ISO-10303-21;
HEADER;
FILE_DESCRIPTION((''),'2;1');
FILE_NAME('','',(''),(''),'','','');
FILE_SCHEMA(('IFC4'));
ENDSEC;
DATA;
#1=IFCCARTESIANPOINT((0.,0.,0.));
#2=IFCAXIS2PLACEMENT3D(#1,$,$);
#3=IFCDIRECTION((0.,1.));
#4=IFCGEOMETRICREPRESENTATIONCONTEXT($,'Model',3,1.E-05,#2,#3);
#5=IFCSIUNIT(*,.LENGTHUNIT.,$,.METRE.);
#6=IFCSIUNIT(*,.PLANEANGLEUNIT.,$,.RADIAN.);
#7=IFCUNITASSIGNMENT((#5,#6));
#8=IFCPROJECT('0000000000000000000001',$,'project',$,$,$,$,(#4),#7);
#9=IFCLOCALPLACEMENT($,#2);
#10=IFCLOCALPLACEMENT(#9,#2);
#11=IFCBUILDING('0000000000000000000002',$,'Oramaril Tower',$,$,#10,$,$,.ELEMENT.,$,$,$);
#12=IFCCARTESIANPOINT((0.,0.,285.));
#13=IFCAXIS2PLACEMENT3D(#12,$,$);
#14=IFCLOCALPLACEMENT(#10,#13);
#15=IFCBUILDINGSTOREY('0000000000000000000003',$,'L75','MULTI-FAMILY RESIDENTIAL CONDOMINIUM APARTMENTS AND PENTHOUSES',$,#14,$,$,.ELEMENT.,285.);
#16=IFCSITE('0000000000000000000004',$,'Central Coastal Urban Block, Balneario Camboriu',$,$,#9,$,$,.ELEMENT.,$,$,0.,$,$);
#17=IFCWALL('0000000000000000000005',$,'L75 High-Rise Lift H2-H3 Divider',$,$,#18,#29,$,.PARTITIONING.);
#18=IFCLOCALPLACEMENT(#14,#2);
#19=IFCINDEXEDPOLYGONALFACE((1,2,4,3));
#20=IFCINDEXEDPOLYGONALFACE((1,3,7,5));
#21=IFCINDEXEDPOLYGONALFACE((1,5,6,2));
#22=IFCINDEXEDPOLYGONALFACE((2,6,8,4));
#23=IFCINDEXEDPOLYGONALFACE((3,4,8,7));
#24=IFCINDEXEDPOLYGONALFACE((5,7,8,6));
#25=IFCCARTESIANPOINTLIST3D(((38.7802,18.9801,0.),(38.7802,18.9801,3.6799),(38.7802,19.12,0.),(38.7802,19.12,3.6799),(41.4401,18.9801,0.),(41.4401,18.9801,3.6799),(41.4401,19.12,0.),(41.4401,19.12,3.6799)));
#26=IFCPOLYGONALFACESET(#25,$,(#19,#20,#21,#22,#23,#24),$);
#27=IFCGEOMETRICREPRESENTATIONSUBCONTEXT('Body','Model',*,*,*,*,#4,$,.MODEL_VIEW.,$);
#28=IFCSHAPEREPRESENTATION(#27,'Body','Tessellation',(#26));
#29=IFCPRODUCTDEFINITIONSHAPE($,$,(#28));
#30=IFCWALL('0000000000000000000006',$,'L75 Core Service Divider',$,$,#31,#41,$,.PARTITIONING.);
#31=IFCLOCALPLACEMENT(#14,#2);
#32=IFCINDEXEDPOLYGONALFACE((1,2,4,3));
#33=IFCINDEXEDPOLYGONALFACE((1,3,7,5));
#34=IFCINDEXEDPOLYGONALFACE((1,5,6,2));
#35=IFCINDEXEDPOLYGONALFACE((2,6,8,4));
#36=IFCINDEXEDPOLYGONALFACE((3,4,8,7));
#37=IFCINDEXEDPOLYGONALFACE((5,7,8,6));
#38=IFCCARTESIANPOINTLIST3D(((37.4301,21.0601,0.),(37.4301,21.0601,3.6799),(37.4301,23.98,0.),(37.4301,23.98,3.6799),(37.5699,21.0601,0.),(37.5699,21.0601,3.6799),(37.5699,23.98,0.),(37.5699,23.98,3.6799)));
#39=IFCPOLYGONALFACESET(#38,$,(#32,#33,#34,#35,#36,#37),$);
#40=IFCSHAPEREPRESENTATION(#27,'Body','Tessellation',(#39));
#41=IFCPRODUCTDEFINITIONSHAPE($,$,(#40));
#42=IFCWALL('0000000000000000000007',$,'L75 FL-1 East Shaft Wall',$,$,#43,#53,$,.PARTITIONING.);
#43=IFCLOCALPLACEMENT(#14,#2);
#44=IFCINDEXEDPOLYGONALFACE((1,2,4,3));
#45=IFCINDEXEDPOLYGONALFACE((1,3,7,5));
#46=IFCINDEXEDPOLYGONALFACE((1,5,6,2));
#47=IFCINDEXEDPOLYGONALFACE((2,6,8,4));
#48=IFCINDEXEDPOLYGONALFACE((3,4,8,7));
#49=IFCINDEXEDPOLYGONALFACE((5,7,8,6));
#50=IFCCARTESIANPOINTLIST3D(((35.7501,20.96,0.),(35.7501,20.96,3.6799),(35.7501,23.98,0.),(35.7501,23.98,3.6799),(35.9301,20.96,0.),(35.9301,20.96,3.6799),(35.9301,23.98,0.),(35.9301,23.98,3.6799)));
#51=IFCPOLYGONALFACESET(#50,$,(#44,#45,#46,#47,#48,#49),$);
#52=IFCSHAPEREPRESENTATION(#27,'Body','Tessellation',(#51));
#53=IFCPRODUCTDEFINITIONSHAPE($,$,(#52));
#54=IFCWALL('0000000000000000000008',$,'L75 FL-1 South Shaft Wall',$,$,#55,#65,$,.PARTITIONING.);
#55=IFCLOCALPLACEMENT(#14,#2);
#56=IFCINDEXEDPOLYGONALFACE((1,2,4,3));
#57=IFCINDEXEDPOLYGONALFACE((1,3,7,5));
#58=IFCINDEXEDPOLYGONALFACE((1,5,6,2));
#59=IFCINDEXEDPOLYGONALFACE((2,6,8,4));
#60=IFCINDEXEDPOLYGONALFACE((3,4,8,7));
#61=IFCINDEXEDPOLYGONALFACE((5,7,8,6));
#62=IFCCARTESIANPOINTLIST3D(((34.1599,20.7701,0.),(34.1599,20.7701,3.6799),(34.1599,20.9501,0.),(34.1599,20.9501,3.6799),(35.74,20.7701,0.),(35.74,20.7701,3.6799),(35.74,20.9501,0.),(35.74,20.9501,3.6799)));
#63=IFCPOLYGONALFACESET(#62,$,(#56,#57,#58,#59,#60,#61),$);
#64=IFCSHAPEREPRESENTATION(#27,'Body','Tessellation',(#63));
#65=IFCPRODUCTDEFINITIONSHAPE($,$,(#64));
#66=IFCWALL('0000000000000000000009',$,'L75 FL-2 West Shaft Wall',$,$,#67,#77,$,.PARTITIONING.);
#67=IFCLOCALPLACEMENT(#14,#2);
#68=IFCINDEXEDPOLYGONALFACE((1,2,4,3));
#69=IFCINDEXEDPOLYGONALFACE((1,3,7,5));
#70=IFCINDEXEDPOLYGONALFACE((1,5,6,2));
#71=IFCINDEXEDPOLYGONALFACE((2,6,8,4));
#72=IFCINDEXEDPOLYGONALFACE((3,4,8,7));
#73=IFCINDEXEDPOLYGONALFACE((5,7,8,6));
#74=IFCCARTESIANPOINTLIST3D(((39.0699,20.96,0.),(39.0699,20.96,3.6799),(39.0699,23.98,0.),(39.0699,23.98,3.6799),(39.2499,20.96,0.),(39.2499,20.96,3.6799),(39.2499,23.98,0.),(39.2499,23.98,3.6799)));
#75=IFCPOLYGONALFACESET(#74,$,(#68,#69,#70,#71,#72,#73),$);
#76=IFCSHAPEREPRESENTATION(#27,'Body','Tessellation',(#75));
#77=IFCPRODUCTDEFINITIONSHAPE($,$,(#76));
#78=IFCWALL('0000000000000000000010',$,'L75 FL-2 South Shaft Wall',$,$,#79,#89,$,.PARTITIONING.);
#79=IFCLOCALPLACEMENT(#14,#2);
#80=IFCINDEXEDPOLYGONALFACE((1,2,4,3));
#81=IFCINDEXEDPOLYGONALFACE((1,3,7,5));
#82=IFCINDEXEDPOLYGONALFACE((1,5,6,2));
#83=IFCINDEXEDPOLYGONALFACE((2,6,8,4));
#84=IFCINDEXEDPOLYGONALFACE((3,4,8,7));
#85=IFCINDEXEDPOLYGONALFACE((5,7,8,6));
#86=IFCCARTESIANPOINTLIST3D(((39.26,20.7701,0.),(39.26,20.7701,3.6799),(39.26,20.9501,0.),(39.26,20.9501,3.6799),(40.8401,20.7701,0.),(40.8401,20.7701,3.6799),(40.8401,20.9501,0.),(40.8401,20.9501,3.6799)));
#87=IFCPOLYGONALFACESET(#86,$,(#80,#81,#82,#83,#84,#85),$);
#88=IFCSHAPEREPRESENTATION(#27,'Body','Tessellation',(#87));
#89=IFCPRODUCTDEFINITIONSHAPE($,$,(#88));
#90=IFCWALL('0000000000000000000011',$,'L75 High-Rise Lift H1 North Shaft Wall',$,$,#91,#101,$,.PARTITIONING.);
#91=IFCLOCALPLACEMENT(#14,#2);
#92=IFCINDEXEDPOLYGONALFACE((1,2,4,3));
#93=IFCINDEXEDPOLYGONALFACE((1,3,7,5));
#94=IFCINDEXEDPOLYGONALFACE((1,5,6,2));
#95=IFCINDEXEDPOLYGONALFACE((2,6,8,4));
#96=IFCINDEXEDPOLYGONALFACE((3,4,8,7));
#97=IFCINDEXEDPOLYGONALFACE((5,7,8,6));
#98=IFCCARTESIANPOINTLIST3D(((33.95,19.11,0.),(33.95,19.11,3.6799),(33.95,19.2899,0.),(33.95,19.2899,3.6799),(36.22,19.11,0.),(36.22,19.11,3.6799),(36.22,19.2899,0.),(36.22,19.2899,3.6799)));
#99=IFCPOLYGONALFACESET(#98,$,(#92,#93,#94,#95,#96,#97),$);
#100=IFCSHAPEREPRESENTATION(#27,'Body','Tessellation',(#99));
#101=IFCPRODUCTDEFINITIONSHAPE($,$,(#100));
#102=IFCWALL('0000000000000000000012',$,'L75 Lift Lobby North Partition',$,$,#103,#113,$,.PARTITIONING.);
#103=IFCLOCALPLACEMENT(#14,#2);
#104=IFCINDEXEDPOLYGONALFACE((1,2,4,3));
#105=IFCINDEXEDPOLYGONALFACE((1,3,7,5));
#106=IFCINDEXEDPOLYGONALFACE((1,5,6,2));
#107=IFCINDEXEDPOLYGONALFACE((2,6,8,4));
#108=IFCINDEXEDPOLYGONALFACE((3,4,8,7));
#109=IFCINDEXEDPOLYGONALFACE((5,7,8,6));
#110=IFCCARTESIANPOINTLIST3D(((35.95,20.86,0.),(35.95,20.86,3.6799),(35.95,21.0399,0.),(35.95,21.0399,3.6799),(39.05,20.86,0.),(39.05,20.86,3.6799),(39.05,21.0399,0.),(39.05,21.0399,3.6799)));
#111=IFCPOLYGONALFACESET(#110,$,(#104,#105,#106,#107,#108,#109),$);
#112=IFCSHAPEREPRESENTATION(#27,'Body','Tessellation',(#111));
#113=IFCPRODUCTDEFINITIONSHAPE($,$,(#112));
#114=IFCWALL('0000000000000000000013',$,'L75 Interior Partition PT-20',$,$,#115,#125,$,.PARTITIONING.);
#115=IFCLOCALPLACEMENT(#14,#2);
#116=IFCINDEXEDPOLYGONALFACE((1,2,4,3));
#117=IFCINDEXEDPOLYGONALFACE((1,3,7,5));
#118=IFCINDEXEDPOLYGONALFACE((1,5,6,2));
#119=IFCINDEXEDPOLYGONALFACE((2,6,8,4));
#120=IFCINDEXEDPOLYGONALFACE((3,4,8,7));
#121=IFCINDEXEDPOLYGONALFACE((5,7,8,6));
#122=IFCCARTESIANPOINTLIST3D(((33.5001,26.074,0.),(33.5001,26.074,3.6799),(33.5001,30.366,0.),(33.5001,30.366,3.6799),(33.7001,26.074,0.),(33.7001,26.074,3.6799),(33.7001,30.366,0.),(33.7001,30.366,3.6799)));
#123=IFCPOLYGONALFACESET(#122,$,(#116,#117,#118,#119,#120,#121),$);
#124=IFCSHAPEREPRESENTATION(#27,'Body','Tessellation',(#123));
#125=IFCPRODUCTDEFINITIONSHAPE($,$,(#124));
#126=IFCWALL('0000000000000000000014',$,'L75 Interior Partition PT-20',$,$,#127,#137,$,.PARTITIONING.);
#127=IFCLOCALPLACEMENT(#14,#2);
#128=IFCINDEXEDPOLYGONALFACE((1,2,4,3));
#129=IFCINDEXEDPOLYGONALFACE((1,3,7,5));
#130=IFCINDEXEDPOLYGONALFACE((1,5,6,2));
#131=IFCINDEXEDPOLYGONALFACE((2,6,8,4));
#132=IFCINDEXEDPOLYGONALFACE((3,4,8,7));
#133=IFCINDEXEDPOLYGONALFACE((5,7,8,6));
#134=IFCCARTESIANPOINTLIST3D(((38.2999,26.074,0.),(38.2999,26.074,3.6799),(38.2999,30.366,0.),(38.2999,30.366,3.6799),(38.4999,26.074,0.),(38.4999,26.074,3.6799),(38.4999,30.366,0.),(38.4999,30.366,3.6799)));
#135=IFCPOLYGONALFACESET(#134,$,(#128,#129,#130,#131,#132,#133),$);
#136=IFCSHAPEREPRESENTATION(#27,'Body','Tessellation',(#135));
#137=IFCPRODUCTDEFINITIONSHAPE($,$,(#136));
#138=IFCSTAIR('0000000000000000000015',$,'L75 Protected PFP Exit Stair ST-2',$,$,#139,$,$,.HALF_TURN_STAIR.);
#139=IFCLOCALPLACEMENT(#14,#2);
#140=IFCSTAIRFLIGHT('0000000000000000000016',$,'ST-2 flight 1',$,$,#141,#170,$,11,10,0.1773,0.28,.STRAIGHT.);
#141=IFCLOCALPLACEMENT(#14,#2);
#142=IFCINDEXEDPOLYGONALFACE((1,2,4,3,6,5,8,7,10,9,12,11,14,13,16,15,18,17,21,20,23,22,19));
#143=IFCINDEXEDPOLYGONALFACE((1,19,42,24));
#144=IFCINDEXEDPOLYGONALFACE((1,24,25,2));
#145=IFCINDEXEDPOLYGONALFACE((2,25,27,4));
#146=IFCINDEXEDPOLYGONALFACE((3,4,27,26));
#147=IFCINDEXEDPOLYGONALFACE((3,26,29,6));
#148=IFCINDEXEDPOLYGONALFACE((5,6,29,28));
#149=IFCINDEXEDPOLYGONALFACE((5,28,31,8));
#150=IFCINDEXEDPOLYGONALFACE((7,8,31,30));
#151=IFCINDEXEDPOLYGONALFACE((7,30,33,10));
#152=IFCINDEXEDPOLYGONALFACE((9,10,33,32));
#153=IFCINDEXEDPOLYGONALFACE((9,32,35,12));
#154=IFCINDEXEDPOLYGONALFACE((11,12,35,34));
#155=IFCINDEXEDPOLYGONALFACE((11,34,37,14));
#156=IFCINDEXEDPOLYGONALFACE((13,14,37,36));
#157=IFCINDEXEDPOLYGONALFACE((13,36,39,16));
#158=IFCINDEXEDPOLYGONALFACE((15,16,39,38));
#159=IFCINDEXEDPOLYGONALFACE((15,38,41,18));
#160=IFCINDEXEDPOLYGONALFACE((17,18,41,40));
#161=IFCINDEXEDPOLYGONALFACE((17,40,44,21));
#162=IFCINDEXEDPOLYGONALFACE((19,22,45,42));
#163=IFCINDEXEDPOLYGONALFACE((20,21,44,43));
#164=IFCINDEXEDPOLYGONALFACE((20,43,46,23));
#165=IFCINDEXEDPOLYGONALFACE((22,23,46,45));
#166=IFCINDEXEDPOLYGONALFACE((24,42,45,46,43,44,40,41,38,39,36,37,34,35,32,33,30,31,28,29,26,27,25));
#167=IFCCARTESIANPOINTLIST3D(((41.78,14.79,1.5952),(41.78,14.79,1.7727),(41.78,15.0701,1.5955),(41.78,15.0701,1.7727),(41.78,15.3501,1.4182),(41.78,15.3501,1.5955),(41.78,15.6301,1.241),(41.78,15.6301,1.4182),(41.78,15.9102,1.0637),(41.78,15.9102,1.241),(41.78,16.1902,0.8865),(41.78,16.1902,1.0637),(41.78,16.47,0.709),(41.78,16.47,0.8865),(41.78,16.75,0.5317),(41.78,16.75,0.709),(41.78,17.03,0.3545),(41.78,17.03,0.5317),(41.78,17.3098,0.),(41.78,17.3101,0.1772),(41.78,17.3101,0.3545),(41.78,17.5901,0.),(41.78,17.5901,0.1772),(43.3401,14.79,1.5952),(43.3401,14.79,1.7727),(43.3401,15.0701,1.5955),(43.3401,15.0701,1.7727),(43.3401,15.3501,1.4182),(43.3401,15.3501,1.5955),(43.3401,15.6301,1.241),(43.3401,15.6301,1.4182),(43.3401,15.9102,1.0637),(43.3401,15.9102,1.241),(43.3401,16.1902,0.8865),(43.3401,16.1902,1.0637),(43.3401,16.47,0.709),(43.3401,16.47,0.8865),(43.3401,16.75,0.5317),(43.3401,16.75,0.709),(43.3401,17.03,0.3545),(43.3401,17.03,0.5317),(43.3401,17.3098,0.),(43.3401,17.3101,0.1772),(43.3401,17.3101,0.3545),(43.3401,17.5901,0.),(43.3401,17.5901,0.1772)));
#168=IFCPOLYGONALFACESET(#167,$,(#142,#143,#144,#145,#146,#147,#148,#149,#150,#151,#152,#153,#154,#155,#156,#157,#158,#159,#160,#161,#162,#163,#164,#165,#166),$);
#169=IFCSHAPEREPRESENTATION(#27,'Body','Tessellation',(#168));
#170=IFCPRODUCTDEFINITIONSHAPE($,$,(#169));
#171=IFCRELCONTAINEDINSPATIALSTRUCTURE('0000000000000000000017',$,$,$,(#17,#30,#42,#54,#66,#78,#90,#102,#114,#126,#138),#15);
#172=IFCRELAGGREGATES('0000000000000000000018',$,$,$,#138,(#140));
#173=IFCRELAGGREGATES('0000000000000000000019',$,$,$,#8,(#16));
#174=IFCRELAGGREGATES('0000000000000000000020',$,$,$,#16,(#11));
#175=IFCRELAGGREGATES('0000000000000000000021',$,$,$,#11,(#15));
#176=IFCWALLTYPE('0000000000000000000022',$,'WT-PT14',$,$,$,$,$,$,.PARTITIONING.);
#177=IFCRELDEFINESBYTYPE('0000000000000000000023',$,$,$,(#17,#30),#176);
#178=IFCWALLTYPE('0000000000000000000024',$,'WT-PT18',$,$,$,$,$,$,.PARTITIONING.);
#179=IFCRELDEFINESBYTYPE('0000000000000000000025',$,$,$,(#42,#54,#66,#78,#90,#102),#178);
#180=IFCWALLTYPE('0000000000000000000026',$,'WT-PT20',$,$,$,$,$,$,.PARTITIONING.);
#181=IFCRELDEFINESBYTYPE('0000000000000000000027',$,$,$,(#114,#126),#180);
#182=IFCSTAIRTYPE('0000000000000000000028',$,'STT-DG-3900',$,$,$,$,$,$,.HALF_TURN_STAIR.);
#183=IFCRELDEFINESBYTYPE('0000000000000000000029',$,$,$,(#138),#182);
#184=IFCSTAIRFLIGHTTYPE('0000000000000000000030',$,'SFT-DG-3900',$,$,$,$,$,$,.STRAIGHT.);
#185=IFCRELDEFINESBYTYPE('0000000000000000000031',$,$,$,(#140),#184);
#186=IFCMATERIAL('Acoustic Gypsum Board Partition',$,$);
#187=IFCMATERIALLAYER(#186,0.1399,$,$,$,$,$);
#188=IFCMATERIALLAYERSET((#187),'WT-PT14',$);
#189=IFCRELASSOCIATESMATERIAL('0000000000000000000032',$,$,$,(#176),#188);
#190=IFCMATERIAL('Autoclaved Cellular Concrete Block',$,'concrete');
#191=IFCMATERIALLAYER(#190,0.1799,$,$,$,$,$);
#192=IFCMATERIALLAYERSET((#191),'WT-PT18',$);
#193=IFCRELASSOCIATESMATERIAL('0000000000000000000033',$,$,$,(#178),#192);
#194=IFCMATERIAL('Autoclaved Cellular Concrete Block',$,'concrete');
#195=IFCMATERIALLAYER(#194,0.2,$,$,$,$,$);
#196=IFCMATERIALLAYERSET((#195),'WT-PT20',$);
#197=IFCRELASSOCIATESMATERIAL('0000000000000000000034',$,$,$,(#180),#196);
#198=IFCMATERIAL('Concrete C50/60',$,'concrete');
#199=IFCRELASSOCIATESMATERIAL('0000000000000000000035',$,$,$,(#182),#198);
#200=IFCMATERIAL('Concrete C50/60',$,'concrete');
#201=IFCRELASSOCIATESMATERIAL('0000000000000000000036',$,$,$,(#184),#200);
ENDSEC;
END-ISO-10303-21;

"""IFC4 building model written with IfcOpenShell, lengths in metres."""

from ifc_helpers import new_model, si_unit, direction, frame, frame_2d, origin, place, context, subcontext, project, spatial, polyline, rectangle, outline, extrude, material, layer, layer_set, type_object, element, aggregate, save


model = new_model("IFC4")

# Units and contexts
model_context = context("Model", 3, precision=1e-05, world=origin(), true_north=direction((0.0, 1.0)))
body_context = subcontext(model_context, "Body", "Model", "MODEL_VIEW")
ifc_project = project(units=[si_unit("LENGTHUNIT", "METRE"), si_unit("PLANEANGLEUNIT", "RADIAN")], contexts=[model_context])

# Site, building, storey
site_placement = place(None, origin())
site = spatial("IfcSite", under=ifc_project, at=site_placement, Name="Central Coastal Urban Block, Balneario Camboriu", CompositionType="ELEMENT", RefElevation=0.0)
building_placement = place(site_placement, origin())
building = spatial("IfcBuilding", under=site, at=building_placement, Name="Oramaril Tower", CompositionType="ELEMENT")
storey_placement = place(building_placement, frame((0.0, 0.0, 285.0)))
storey = spatial("IfcBuildingStorey", under=building, at=storey_placement, Name="L75", Description="MULTI-FAMILY RESIDENTIAL CONDOMINIUM APARTMENTS AND PENTHOUSES", CompositionType="ELEMENT", Elevation=285.0)

# Walls
ifc_material_1 = material(Name="Acoustic Gypsum Board Partition")
ifc_layer_1 = layer(ifc_material_1, 0.1399)
ifc_layer_set_1 = layer_set([ifc_layer_1], Name="WT-PT14")
wall_type_1 = type_object("IfcWallType", Name="WT-PT14", PredefinedType="PARTITIONING", material=ifc_layer_set_1)
wall_1_placement = place(storey_placement, frame((38.78, 19.05, 0.0), z_axis=(0.0, 0.0, 1.0), x_axis=(1.0, 0.0, 0.0)))
element("IfcWall", 1, at=wall_1_placement, inside=storey, type_object=wall_type_1, Name="L75 High-Rise Lift H2-H3 Divider", PredefinedType="PARTITIONING", context=body_context, shape_type="SweptSolid", body=[
    extrude(rectangle(XDim=2.6599, YDim=0.1399, at=frame_2d((1.3301, 0.0))), origin(), (0.0, 0.0, 1.0), 3.6799),
])
wall_2_placement = place(storey_placement, frame((37.5, 21.0601, 0.0), z_axis=(0.0, 0.0, 1.0), x_axis=(0.0, 1.0, 0.0)))
element("IfcWall", 2, at=wall_2_placement, inside=storey, type_object=wall_type_1, Name="L75 Core Service Divider", PredefinedType="PARTITIONING", context=body_context, shape_type="SweptSolid", body=[
    extrude(rectangle(XDim=2.9199, YDim=0.1399, at=frame_2d((1.46, 0.0))), origin(), (0.0, 0.0, 1.0), 3.6799),
])
ifc_material_2 = material(Name="Autoclaved Cellular Concrete Block", Category="concrete")
ifc_layer_2 = layer(ifc_material_2, 0.1799)
ifc_layer_set_2 = layer_set([ifc_layer_2], Name="WT-PT18")
wall_type_2 = type_object("IfcWallType", Name="WT-PT18", PredefinedType="PARTITIONING", material=ifc_layer_set_2)
wall_3_placement = place(storey_placement, frame((35.8401, 20.96, 0.0), z_axis=(0.0, 0.0, 1.0), x_axis=(0.0, 1.0, 0.0)))
element("IfcWall", 3, at=wall_3_placement, inside=storey, type_object=wall_type_2, Name="L75 FL-1 East Shaft Wall", PredefinedType="PARTITIONING", context=body_context, shape_type="SweptSolid", body=[
    extrude(rectangle(XDim=3.02, YDim=0.1799, at=frame_2d((1.51, 0.0))), origin(), (0.0, 0.0, 1.0), 3.6799),
])
wall_4_placement = place(storey_placement, frame((34.1599, 20.8601, 0.0), z_axis=(0.0, 0.0, 1.0), x_axis=(1.0, 0.0, 0.0)))
element("IfcWall", 4, at=wall_4_placement, inside=storey, type_object=wall_type_2, Name="L75 FL-1 South Shaft Wall", PredefinedType="PARTITIONING", context=body_context, shape_type="SweptSolid", body=[
    extrude(rectangle(XDim=1.5801, YDim=0.1799, at=frame_2d((0.79, 0.0))), origin(), (0.0, 0.0, 1.0), 3.6799),
])
wall_5_placement = place(storey_placement, frame((39.1599, 20.96, 0.0), z_axis=(0.0, 0.0, 1.0), x_axis=(0.0, 1.0, 0.0)))
element("IfcWall", 5, at=wall_5_placement, inside=storey, type_object=wall_type_2, Name="L75 FL-2 West Shaft Wall", PredefinedType="PARTITIONING", context=body_context, shape_type="SweptSolid", body=[
    extrude(rectangle(XDim=3.02, YDim=0.1799, at=frame_2d((1.51, 0.0))), origin(), (0.0, 0.0, 1.0), 3.6799),
])
wall_6_placement = place(storey_placement, frame((39.26, 20.8601, 0.0), z_axis=(0.0, 0.0, 1.0), x_axis=(1.0, 0.0, 0.0)))
element("IfcWall", 6, at=wall_6_placement, inside=storey, type_object=wall_type_2, Name="L75 FL-2 South Shaft Wall", PredefinedType="PARTITIONING", context=body_context, shape_type="SweptSolid", body=[
    extrude(rectangle(XDim=1.5801, YDim=0.1799, at=frame_2d((0.79, 0.0))), origin(), (0.0, 0.0, 1.0), 3.6799),
])
wall_7_placement = place(storey_placement, frame((33.95, 19.2, 0.0), z_axis=(0.0, 0.0, 1.0), x_axis=(1.0, 0.0, 0.0)))
element("IfcWall", 7, at=wall_7_placement, inside=storey, type_object=wall_type_2, Name="L75 High-Rise Lift H1 North Shaft Wall", PredefinedType="PARTITIONING", context=body_context, shape_type="SweptSolid", body=[
    extrude(rectangle(XDim=2.27, YDim=0.1799, at=frame_2d((1.135, 0.0))), origin(), (0.0, 0.0, 1.0), 3.6799),
])
wall_8_placement = place(storey_placement, frame((35.95, 20.95, 0.0), z_axis=(0.0, 0.0, 1.0), x_axis=(1.0, 0.0, 0.0)))
element("IfcWall", 8, at=wall_8_placement, inside=storey, type_object=wall_type_2, Name="L75 Lift Lobby North Partition", PredefinedType="PARTITIONING", context=body_context, shape_type="SweptSolid", body=[
    extrude(rectangle(XDim=3.1001, YDim=0.1799, at=frame_2d((1.55, 0.0))), origin(), (0.0, 0.0, 1.0), 3.6799),
])
ifc_material_3 = material(Name="Autoclaved Cellular Concrete Block", Category="concrete")
ifc_layer_3 = layer(ifc_material_3, 0.2)
ifc_layer_set_3 = layer_set([ifc_layer_3], Name="WT-PT20")
wall_type_3 = type_object("IfcWallType", Name="WT-PT20", PredefinedType="PARTITIONING", material=ifc_layer_set_3)
for number, where, z_axis, x_axis, name in (
    (9, (33.6001, 26.074, 0.0), (0.0, 0.0, 1.0), (0.0, 1.0, 0.0), "L75 Interior Partition PT-20"),
    (10, (38.3999, 26.074, 0.0), (0.0, 0.0, 1.0), (0.0, 1.0, 0.0), "L75 Interior Partition PT-20"),
):
    element("IfcWall", number, at=place(storey_placement, frame(where, z_axis=z_axis, x_axis=x_axis)), inside=storey, type_object=wall_type_3, Name=name, PredefinedType="PARTITIONING", context=body_context, shape_type="SweptSolid", body=[
        extrude(rectangle(XDim=4.292, YDim=0.2, at=frame_2d((2.146, 0.0))), origin(), (0.0, 0.0, 1.0), 3.6799),
    ])

# Stair, stair flight
ifc_material_4 = material(Name="Concrete C50/60", Category="concrete")
stair_type = type_object("IfcStairType", Name="STT-DG-3900", PredefinedType="HALF_TURN_STAIR", material=ifc_material_4)
stair_placement = place(storey_placement, origin())
stair = element("IfcStair", 11, at=stair_placement, inside=storey, type_object=stair_type, Name="L75 Protected PFP Exit Stair ST-2", PredefinedType="HALF_TURN_STAIR")
ifc_material_5 = material(Name="Concrete C50/60", Category="concrete")
stair_flight_type = type_object("IfcStairFlightType", Name="SFT-DG-3900", PredefinedType="STRAIGHT", material=ifc_material_5)
stair_flight_placement = place(storey_placement, frame((42.5601, 17.5901, 0.0), z_axis=(0.0, 0.0, 1.0), x_axis=(0.0, -1.0, 0.0)))
stair_flight = element("IfcStairFlight", 12, at=stair_flight_placement, type_object=stair_flight_type, Name="ST-2 flight 1", NumberOfRisers=11, NumberOfTreads=10, PredefinedType="STRAIGHT", RiserHeight=0.1773, TreadLength=0.28, context=body_context, shape_type="SweptSolid", body=[
    extrude(outline(polyline([(0.0, 0.0), (0.0, 0.1772), (0.28, 0.1772), (0.28, 0.3545), (0.5601, 0.3545), (0.5601, 0.5317), (0.8401, 0.5317), (0.8401, 0.709), (1.1201, 0.709), (1.1201, 0.8865), (1.3999, 0.8865), (1.3999, 1.0637), (1.6799, 1.0637), (1.6799, 1.241), (1.96, 1.241), (1.96, 1.4182), (2.24, 1.4182), (2.24, 1.5955), (2.52, 1.5955), (2.52, 1.7727), (2.8, 1.7727), (2.8, 1.95), (2.8, 1.5952), (0.2803, 0.0), (0.0, 0.0)])), frame((0.0, 0.78, 0.0), z_axis=(0.0, -1.0, 0.0), x_axis=(1.0, 0.0, 0.0)), (0.0, 0.0, 1.0), 1.5601),
])
aggregate(stair, [stair_flight])

save(model, "model.ifc")
